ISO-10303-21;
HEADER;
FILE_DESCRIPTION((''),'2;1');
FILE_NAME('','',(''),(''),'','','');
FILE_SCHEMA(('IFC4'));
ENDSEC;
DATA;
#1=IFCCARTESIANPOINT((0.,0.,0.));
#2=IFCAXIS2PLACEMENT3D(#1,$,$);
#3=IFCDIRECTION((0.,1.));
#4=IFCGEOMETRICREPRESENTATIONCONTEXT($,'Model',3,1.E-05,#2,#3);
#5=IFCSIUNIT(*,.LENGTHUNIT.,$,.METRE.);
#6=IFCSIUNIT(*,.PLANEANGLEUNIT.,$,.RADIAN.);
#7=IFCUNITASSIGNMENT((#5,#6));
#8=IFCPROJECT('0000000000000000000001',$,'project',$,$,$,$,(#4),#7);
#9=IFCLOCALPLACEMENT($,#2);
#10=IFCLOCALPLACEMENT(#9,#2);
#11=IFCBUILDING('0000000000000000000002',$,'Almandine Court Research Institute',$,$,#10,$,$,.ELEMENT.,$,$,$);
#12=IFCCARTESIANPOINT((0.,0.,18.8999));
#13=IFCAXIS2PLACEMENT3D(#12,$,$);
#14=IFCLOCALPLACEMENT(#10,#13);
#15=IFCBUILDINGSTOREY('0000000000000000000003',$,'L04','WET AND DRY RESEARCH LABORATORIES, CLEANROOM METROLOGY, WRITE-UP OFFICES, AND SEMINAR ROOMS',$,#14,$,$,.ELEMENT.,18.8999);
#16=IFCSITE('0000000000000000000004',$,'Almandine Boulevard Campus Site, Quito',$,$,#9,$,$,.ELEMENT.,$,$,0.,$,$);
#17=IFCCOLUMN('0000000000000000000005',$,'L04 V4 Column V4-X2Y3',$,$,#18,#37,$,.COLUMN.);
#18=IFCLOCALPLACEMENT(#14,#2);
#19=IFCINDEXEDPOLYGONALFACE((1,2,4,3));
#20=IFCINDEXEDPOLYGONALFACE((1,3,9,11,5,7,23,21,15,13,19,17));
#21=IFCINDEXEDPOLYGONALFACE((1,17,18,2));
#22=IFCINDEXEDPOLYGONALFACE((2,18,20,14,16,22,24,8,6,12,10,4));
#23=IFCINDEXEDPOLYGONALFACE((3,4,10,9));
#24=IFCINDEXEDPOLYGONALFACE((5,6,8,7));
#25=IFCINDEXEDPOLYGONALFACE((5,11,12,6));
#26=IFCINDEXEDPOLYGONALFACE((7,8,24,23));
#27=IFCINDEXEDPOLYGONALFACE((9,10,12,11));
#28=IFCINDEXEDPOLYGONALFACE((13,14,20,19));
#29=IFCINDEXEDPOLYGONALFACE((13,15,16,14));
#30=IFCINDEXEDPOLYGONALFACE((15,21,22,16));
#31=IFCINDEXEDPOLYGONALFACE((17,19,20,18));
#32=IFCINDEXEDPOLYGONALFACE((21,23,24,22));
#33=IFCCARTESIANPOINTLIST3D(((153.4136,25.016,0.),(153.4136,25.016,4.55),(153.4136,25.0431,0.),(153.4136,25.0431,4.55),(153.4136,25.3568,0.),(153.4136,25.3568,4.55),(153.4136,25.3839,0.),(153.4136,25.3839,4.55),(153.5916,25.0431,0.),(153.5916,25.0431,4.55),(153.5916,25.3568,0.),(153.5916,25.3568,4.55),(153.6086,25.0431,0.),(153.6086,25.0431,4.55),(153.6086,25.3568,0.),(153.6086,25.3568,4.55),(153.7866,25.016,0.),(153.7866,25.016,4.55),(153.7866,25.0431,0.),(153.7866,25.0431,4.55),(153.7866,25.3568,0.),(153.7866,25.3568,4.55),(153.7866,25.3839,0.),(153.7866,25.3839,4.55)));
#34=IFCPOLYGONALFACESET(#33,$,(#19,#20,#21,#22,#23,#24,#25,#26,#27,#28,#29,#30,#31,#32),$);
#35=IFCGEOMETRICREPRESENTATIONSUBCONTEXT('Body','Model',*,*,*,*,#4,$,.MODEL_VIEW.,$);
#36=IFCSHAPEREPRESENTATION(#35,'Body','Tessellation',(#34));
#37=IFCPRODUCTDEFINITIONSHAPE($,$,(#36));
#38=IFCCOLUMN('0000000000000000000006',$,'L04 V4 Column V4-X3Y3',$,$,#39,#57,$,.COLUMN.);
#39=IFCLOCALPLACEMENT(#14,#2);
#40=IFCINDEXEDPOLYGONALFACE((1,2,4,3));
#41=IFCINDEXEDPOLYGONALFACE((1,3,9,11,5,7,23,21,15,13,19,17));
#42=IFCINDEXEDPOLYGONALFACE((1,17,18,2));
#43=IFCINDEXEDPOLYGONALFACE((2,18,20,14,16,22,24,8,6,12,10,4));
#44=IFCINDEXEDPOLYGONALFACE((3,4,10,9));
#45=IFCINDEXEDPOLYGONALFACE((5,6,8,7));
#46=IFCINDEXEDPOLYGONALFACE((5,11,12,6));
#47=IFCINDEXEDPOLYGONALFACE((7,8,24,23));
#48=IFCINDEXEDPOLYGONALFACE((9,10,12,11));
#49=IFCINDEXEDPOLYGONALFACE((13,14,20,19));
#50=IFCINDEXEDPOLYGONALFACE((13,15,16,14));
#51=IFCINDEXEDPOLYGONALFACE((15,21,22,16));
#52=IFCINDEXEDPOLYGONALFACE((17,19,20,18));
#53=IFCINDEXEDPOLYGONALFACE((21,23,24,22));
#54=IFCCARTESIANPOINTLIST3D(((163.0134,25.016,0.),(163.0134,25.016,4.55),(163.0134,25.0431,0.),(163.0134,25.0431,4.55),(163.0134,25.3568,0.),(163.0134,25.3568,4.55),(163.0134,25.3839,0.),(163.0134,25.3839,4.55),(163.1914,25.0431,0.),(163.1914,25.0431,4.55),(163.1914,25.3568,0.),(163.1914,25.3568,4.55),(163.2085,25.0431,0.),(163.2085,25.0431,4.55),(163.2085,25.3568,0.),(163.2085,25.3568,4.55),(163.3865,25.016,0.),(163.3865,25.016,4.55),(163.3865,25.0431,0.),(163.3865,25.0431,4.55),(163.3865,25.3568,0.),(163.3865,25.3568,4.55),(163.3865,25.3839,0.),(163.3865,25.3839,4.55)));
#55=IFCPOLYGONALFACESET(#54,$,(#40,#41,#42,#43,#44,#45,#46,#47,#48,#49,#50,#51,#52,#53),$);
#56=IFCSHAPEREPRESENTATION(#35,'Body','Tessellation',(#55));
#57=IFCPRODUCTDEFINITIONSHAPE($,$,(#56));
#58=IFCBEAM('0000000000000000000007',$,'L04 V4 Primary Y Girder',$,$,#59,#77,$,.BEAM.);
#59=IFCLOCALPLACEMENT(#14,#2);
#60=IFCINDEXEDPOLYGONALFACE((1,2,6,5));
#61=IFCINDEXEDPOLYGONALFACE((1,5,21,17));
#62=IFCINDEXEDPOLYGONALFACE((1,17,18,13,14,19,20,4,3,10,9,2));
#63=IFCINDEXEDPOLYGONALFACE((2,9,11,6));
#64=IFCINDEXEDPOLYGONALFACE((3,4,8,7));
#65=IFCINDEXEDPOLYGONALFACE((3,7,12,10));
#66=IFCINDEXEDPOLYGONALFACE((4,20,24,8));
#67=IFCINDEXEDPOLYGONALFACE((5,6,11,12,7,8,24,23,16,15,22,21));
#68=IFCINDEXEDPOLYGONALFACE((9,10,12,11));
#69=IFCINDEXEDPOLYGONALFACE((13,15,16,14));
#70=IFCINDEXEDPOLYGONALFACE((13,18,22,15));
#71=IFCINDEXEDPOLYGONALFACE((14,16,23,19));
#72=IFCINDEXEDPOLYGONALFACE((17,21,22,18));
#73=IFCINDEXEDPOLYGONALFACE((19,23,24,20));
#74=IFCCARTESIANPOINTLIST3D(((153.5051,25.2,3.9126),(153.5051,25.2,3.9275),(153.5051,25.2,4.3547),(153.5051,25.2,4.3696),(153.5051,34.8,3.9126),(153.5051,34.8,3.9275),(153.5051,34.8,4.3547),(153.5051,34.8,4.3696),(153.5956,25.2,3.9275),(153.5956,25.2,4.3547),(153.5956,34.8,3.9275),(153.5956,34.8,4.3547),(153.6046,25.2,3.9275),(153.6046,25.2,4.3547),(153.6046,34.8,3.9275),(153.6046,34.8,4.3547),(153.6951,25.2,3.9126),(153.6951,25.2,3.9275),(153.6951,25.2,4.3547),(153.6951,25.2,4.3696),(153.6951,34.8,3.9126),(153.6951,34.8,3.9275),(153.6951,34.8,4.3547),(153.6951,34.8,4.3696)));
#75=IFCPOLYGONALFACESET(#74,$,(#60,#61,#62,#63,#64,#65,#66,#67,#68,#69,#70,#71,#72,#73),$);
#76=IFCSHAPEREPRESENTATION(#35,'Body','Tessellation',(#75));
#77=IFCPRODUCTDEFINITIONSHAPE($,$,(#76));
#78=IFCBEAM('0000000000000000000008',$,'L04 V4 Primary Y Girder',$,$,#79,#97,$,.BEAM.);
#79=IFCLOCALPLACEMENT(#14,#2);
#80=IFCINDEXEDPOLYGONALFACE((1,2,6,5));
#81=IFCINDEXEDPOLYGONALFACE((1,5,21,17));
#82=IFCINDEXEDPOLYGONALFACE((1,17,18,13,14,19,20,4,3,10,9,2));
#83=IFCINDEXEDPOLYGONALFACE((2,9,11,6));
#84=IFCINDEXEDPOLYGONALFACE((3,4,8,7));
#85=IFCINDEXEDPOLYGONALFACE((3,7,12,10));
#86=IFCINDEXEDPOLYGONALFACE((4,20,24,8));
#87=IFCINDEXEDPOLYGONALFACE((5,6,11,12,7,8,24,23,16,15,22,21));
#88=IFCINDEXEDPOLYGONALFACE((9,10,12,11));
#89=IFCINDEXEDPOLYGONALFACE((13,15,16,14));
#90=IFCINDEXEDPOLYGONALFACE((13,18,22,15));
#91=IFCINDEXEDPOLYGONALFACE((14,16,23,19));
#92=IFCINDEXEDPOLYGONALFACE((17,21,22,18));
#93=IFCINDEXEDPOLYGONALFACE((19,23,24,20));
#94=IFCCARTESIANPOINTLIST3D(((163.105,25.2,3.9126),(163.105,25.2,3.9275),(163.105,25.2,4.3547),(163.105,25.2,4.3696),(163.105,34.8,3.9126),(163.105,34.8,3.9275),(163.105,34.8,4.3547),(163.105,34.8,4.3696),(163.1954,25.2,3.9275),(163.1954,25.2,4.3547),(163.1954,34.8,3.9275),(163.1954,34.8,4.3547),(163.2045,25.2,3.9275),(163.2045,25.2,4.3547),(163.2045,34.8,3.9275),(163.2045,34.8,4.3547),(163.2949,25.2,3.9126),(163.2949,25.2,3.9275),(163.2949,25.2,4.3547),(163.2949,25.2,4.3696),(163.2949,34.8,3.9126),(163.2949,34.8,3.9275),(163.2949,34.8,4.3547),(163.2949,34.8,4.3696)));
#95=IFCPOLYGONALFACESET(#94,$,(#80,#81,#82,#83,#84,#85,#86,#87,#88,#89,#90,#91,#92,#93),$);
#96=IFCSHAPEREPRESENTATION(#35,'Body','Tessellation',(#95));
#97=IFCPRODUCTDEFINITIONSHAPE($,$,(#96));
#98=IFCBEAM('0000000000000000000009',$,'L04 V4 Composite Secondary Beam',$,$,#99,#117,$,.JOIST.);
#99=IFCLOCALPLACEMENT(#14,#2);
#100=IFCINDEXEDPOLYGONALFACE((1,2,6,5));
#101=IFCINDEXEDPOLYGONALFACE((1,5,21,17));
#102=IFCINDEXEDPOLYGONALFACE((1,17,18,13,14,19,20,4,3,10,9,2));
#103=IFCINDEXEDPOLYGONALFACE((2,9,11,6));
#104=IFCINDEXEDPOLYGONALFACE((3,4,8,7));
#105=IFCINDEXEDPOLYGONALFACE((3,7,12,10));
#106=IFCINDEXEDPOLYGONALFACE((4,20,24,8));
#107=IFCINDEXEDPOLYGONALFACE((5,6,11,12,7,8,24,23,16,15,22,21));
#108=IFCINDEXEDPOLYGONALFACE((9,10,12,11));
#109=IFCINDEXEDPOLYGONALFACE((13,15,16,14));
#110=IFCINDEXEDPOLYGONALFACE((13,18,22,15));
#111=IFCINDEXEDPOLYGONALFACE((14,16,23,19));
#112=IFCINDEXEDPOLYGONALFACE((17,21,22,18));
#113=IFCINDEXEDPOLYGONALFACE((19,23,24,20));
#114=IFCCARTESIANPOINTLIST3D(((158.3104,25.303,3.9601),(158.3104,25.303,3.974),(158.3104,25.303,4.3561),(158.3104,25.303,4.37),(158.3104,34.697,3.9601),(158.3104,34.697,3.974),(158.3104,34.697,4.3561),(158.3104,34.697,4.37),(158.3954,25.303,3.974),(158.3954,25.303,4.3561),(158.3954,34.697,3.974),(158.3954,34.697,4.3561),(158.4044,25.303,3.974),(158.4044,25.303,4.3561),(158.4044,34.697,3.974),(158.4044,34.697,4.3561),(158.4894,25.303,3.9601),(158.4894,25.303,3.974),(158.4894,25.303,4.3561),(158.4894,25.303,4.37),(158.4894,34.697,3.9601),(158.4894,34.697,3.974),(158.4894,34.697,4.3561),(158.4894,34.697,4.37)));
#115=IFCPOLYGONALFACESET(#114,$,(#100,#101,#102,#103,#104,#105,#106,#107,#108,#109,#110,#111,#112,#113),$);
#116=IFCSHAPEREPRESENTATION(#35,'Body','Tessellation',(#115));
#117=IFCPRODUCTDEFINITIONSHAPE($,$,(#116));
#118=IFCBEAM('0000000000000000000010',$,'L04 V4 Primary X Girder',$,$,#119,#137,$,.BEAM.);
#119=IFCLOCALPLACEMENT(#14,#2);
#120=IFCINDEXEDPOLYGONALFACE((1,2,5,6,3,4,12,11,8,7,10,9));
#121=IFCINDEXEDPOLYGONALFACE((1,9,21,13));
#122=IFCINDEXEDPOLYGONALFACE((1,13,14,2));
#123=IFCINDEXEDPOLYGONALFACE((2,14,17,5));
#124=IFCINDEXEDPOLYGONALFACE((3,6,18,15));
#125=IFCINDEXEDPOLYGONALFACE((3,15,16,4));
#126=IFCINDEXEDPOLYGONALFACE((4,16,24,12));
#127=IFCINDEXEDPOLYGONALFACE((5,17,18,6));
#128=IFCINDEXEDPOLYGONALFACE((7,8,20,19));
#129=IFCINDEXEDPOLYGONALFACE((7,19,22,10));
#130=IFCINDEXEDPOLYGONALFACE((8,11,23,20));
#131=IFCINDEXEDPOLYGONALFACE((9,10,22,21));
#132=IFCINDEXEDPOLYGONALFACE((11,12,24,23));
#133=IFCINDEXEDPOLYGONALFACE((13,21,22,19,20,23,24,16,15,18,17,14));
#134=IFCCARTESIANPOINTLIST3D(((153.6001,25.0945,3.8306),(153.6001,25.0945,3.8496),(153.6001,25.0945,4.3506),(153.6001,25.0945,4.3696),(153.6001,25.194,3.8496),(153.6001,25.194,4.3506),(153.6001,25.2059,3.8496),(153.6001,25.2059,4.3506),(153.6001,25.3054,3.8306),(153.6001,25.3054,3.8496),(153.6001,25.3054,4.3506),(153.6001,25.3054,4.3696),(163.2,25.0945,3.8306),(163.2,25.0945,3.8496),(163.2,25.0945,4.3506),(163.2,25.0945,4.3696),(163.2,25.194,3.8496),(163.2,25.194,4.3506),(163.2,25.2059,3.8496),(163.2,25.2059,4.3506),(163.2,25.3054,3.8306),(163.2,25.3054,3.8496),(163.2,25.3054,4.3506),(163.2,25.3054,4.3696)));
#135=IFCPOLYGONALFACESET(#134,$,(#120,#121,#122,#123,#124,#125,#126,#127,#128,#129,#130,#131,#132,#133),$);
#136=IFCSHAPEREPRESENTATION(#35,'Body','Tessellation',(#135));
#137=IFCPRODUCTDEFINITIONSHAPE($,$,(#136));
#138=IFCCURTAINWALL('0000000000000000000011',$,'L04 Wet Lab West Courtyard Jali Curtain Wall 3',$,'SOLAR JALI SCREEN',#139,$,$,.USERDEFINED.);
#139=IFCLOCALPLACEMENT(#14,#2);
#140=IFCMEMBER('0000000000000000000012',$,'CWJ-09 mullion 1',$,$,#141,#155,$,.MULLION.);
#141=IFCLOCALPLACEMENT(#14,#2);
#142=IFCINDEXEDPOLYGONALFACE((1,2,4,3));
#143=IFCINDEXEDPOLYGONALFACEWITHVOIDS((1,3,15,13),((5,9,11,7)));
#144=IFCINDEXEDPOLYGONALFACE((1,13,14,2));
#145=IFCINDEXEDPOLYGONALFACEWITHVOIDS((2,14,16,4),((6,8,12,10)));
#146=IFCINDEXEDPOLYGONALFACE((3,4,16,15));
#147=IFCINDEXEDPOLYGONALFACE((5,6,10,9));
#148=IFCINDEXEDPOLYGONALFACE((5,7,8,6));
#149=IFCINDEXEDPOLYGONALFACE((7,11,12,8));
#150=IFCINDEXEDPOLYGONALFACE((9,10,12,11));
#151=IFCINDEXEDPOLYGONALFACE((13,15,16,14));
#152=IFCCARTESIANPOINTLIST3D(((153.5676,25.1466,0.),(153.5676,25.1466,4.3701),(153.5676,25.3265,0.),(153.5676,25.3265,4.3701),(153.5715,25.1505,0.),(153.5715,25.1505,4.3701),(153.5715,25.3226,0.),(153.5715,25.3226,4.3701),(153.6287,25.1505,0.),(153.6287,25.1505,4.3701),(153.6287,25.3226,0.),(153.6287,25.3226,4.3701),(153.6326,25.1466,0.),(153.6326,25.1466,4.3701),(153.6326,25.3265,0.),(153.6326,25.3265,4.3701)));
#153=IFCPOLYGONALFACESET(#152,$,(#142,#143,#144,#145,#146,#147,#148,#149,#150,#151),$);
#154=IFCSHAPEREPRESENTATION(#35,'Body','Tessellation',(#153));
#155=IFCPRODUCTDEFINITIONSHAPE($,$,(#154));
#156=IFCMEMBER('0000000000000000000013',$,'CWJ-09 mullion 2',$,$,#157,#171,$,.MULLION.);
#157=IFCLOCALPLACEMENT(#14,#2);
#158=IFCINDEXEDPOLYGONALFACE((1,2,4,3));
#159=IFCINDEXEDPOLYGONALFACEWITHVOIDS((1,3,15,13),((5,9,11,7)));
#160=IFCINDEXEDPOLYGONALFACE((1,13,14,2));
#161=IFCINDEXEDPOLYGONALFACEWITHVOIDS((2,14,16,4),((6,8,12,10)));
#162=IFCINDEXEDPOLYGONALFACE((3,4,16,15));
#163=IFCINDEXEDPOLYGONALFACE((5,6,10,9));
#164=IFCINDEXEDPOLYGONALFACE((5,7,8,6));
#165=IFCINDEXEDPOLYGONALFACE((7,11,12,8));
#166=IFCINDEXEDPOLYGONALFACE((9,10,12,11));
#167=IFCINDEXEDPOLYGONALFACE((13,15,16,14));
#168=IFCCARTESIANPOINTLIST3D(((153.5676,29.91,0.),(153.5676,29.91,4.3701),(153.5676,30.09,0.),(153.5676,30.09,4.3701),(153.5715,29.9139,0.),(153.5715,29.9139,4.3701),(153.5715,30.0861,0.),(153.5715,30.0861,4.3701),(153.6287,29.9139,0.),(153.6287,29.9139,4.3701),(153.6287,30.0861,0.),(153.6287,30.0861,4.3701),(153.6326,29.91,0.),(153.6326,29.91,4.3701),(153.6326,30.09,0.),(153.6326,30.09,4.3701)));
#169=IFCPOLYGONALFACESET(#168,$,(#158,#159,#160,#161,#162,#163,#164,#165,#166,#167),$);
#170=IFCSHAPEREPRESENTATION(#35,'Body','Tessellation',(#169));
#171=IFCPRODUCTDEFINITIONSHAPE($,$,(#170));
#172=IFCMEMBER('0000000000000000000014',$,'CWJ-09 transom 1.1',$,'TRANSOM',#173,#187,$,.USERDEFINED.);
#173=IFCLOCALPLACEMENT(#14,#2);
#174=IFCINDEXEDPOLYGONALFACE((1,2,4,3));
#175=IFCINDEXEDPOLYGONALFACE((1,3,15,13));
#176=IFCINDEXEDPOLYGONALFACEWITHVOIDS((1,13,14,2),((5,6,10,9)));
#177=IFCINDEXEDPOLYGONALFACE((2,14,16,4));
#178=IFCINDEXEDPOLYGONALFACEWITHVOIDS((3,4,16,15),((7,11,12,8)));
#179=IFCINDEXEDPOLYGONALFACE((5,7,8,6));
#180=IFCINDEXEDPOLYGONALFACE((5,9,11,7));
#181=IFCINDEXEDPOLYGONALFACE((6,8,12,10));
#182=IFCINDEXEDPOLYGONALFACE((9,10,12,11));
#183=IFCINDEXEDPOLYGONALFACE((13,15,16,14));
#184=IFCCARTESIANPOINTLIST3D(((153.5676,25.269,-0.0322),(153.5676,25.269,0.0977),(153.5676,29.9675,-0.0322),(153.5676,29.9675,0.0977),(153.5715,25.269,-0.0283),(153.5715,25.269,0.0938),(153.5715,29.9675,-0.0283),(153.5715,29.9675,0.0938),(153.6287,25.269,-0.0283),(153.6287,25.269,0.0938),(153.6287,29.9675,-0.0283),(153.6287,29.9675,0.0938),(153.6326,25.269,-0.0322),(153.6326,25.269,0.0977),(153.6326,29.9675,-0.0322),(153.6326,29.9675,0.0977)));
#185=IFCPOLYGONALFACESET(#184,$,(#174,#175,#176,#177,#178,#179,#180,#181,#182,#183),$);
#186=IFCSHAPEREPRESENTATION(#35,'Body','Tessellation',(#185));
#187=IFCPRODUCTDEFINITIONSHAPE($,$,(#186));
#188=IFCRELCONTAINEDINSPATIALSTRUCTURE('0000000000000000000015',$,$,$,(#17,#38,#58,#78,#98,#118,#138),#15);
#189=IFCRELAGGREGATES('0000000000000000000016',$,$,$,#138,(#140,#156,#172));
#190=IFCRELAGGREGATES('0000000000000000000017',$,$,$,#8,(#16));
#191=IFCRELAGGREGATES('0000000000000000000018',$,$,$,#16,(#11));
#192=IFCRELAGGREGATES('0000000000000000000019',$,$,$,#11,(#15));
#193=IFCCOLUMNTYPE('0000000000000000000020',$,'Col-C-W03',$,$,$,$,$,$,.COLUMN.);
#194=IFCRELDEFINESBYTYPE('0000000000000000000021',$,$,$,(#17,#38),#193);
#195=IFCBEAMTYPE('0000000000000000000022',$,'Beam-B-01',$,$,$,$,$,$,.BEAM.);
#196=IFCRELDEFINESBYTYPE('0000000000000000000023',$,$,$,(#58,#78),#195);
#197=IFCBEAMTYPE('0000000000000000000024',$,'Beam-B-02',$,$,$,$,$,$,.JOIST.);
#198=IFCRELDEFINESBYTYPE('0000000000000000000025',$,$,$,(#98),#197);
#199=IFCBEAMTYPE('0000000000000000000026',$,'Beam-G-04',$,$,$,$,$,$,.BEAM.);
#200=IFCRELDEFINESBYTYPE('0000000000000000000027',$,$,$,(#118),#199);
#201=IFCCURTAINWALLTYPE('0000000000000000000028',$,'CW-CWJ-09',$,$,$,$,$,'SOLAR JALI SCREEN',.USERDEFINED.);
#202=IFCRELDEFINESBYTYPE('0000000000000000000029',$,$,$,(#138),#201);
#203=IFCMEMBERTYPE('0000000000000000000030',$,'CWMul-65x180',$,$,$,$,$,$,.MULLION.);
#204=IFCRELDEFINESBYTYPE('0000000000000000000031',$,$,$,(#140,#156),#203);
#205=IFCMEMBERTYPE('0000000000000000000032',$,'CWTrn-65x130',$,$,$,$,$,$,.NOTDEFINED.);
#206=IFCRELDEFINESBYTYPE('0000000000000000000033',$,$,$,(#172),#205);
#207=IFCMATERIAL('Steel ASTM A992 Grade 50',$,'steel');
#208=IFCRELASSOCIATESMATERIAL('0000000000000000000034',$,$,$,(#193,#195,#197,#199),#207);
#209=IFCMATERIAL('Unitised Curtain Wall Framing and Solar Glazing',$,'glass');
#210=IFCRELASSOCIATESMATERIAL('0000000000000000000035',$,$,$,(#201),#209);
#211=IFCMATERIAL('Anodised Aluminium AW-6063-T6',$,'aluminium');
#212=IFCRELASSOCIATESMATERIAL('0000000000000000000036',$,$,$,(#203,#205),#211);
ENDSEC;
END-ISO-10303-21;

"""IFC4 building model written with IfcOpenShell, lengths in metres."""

from ifc_helpers import new_model, si_unit, direction, frame, origin, origin_2d, place, context, subcontext, project, spatial, hollow_rectangle, i_section, extrude, material, material_profile, profile_set, type_object, element, aggregate, save


model = new_model("IFC4")

# Units and contexts
model_context = context("Model", 3, precision=1e-05, world=origin(), true_north=direction((0.0, 1.0)))
body_context = subcontext(model_context, "Body", "Model", "MODEL_VIEW")
ifc_project = project(units=[si_unit("LENGTHUNIT", "METRE"), si_unit("PLANEANGLEUNIT", "RADIAN")], contexts=[model_context])

# Site, building, storey
site_placement = place(None, origin())
site = spatial("IfcSite", under=ifc_project, at=site_placement, Name="Almandine Boulevard Campus Site, Quito", CompositionType="ELEMENT", RefElevation=0.0)
building_placement = place(site_placement, origin())
building = spatial("IfcBuilding", under=site, at=building_placement, Name="Almandine Court Research Institute", CompositionType="ELEMENT")
storey_placement = place(building_placement, frame((0.0, 0.0, 18.8999)))
storey = spatial("IfcBuildingStorey", under=building, at=storey_placement, Name="L04", Description="WET AND DRY RESEARCH LABORATORIES, CLEANROOM METROLOGY, WRITE-UP OFFICES, AND SEMINAR ROOMS", CompositionType="ELEMENT", Elevation=18.8999)

# Columns
ifc_material_1 = material(Name="Steel ASTM A992 Grade 50", Category="steel")
ifc_material_profile_1 = material_profile(ifc_material_1, i_section(OverallWidth=0.373, OverallDepth=0.3679, WebThickness=0.0171, FlangeThickness=0.0271, at=origin_2d()), Name="W360x179")
ifc_profile_set_1 = profile_set([ifc_material_profile_1], Name="Steel ASTM A992 Grade 50")
column_type = type_object("IfcColumnType", Name="Col-C-W03", PredefinedType="COLUMN", material=ifc_profile_set_1)
for number, where, z_axis, x_axis, name in (
    (1, (153.6001, 25.2, 0.0), (0.0, 0.0, 1.0), (1.0, 0.0, 0.0), "L04 V4 Column V4-X2Y3"),
    (2, (163.2, 25.2, 0.0), (0.0, 0.0, 1.0), (1.0, 0.0, 0.0), "L04 V4 Column V4-X3Y3"),
):
    element("IfcColumn", number, at=place(storey_placement, frame(where, z_axis=z_axis, x_axis=x_axis)), inside=storey, type_object=column_type, Name=name, PredefinedType="COLUMN", context=body_context, shape_type="SweptSolid", body=[
        extrude(i_section(OverallWidth=0.373, OverallDepth=0.3679, WebThickness=0.0171, FlangeThickness=0.0271, at=origin_2d()), origin(), (0.0, 0.0, 1.0), 4.55),
    ])

# Beams
ifc_material_profile_2 = material_profile(ifc_material_1, i_section(OverallWidth=0.1899, OverallDepth=0.457, WebThickness=0.009, FlangeThickness=0.0149, at=origin_2d()), Name="W460x74")
ifc_profile_set_2 = profile_set([ifc_material_profile_2], Name="Steel ASTM A992 Grade 50")
beam_type_1 = type_object("IfcBeamType", Name="Beam-B-01", PredefinedType="BEAM", material=ifc_profile_set_2)
for number, where, z_axis, x_axis, name in (
    (3, (153.6001, 25.2, 4.1411), (0.0, 1.0, 0.0), (-1.0, 0.0, 0.0), "L04 V4 Primary Y Girder"),
    (4, (163.2, 25.2, 4.1411), (0.0, 1.0, 0.0), (-1.0, 0.0, 0.0), "L04 V4 Primary Y Girder"),
):
    element("IfcBeam", number, at=place(storey_placement, frame(where, z_axis=z_axis, x_axis=x_axis)), inside=storey, type_object=beam_type_1, Name=name, PredefinedType="BEAM", context=body_context, shape_type="SweptSolid", body=[
        extrude(i_section(OverallWidth=0.1899, OverallDepth=0.457, WebThickness=0.009, FlangeThickness=0.0149, at=origin_2d()), origin(), (0.0, 0.0, 1.0), 9.6001),
    ])
ifc_material_profile_3 = material_profile(ifc_material_1, i_section(OverallWidth=0.179, OverallDepth=0.4099, WebThickness=0.009, FlangeThickness=0.0139, at=origin_2d()), Name="W410x67")
ifc_profile_set_3 = profile_set([ifc_material_profile_3], Name="Steel ASTM A992 Grade 50")
beam_type_2 = type_object("IfcBeamType", Name="Beam-B-02", PredefinedType="JOIST", material=ifc_profile_set_3)
beam_1_placement = place(storey_placement, frame((158.3999, 25.303, 4.165), z_axis=(0.0, 1.0, 0.0), x_axis=(-1.0, 0.0, 0.0)))
element("IfcBeam", 5, at=beam_1_placement, inside=storey, type_object=beam_type_2, Name="L04 V4 Composite Secondary Beam", PredefinedType="JOIST", context=body_context, shape_type="SweptSolid", body=[
    extrude(i_section(OverallWidth=0.179, OverallDepth=0.4099, WebThickness=0.009, FlangeThickness=0.0139, at=origin_2d()), origin(), (0.0, 0.0, 1.0), 9.394),
])
ifc_material_profile_4 = material_profile(ifc_material_1, i_section(OverallWidth=0.2109, OverallDepth=0.5391, WebThickness=0.012, FlangeThickness=0.019, at=origin_2d()), Name="W530x109")
ifc_profile_set_4 = profile_set([ifc_material_profile_4], Name="Steel ASTM A992 Grade 50")
beam_type_3 = type_object("IfcBeamType", Name="Beam-G-04", PredefinedType="BEAM", material=ifc_profile_set_4)
beam_2_placement = place(storey_placement, frame((153.6001, 25.2, 4.1001), z_axis=(1.0, 0.0, 0.0), x_axis=(0.0, 1.0, 0.0)))
element("IfcBeam", 6, at=beam_2_placement, inside=storey, type_object=beam_type_3, Name="L04 V4 Primary X Girder", PredefinedType="BEAM", context=body_context, shape_type="SweptSolid", body=[
    extrude(i_section(OverallWidth=0.2109, OverallDepth=0.5391, WebThickness=0.012, FlangeThickness=0.019, at=origin_2d()), origin(), (0.0, 0.0, 1.0), 9.5999),
])

# Curtain wall, members
ifc_material_2 = material(Name="Unitised Curtain Wall Framing and Solar Glazing", Category="glass")
curtain_wall_type = type_object("IfcCurtainWallType", Name="CW-CWJ-09", ElementType="SOLAR JALI SCREEN", PredefinedType="USERDEFINED", material=ifc_material_2)
curtain_wall_placement = place(storey_placement, origin())
curtain_wall = element("IfcCurtainWall", 7, at=curtain_wall_placement, inside=storey, type_object=curtain_wall_type, Name="L04 Wet Lab West Courtyard Jali Curtain Wall 3", ObjectType="SOLAR JALI SCREEN", PredefinedType="USERDEFINED")
ifc_material_3 = material(Name="Anodised Aluminium AW-6063-T6", Category="aluminium")
ifc_material_profile_5 = material_profile(ifc_material_3, hollow_rectangle(XDim=0.0649, YDim=0.1799, WallThickness=0.0039, at=origin_2d()), Name="ALU RHS 65x180x4")
ifc_profile_set_5 = profile_set([ifc_material_profile_5], Name="Anodised Aluminium AW-6063-T6")
member_type_1 = type_object("IfcMemberType", Name="CWMul-65x180", PredefinedType="MULLION", material=ifc_profile_set_5)
member_1_placement = place(storey_placement, frame((153.6001, 25.2366, 0.0), z_axis=(0.0, 0.0, 1.0), x_axis=(-1.0, 0.0, 0.0)))
member_1 = element("IfcMember", 8, at=member_1_placement, type_object=member_type_1, Name="CWJ-09 mullion 1", PredefinedType="MULLION", context=body_context, shape_type="SweptSolid", body=[
    extrude(hollow_rectangle(XDim=0.0649, YDim=0.1799, WallThickness=0.0039, at=origin_2d()), origin(), (0.0, 0.0, 1.0), 4.3701),
])
member_2_placement = place(storey_placement, frame((153.6001, 30.0, 0.0), z_axis=(0.0, 0.0, 1.0), x_axis=(-1.0, 0.0, 0.0)))
member_2 = element("IfcMember", 9, at=member_2_placement, type_object=member_type_1, Name="CWJ-09 mullion 2", PredefinedType="MULLION", context=body_context, shape_type="SweptSolid", body=[
    extrude(hollow_rectangle(XDim=0.0649, YDim=0.1799, WallThickness=0.0039, at=origin_2d()), origin(), (0.0, 0.0, 1.0), 4.3701),
])
ifc_material_profile_6 = material_profile(ifc_material_3, hollow_rectangle(XDim=0.0649, YDim=0.1299, WallThickness=0.0039, at=origin_2d()), Name="ALU RHS 65x130x4")
ifc_profile_set_6 = profile_set([ifc_material_profile_6], Name="Anodised Aluminium AW-6063-T6")
member_type_2 = type_object("IfcMemberType", Name="CWTrn-65x130", PredefinedType="NOTDEFINED", material=ifc_profile_set_6)
member_3_placement = place(storey_placement, frame((153.6001, 25.269, 0.0327), z_axis=(0.0, 1.0, 0.0), x_axis=(-1.0, 0.0, 0.0)))
member_3 = element("IfcMember", 10, at=member_3_placement, type_object=member_type_2, Name="CWJ-09 transom 1.1", ObjectType="TRANSOM", PredefinedType="USERDEFINED", context=body_context, shape_type="SweptSolid", body=[
    extrude(hollow_rectangle(XDim=0.0649, YDim=0.1299, WallThickness=0.0039, at=origin_2d()), origin(), (0.0, 0.0, 1.0), 4.6985),
])
aggregate(curtain_wall, [member_1, member_2, member_3])

save(model, "model.ifc")
